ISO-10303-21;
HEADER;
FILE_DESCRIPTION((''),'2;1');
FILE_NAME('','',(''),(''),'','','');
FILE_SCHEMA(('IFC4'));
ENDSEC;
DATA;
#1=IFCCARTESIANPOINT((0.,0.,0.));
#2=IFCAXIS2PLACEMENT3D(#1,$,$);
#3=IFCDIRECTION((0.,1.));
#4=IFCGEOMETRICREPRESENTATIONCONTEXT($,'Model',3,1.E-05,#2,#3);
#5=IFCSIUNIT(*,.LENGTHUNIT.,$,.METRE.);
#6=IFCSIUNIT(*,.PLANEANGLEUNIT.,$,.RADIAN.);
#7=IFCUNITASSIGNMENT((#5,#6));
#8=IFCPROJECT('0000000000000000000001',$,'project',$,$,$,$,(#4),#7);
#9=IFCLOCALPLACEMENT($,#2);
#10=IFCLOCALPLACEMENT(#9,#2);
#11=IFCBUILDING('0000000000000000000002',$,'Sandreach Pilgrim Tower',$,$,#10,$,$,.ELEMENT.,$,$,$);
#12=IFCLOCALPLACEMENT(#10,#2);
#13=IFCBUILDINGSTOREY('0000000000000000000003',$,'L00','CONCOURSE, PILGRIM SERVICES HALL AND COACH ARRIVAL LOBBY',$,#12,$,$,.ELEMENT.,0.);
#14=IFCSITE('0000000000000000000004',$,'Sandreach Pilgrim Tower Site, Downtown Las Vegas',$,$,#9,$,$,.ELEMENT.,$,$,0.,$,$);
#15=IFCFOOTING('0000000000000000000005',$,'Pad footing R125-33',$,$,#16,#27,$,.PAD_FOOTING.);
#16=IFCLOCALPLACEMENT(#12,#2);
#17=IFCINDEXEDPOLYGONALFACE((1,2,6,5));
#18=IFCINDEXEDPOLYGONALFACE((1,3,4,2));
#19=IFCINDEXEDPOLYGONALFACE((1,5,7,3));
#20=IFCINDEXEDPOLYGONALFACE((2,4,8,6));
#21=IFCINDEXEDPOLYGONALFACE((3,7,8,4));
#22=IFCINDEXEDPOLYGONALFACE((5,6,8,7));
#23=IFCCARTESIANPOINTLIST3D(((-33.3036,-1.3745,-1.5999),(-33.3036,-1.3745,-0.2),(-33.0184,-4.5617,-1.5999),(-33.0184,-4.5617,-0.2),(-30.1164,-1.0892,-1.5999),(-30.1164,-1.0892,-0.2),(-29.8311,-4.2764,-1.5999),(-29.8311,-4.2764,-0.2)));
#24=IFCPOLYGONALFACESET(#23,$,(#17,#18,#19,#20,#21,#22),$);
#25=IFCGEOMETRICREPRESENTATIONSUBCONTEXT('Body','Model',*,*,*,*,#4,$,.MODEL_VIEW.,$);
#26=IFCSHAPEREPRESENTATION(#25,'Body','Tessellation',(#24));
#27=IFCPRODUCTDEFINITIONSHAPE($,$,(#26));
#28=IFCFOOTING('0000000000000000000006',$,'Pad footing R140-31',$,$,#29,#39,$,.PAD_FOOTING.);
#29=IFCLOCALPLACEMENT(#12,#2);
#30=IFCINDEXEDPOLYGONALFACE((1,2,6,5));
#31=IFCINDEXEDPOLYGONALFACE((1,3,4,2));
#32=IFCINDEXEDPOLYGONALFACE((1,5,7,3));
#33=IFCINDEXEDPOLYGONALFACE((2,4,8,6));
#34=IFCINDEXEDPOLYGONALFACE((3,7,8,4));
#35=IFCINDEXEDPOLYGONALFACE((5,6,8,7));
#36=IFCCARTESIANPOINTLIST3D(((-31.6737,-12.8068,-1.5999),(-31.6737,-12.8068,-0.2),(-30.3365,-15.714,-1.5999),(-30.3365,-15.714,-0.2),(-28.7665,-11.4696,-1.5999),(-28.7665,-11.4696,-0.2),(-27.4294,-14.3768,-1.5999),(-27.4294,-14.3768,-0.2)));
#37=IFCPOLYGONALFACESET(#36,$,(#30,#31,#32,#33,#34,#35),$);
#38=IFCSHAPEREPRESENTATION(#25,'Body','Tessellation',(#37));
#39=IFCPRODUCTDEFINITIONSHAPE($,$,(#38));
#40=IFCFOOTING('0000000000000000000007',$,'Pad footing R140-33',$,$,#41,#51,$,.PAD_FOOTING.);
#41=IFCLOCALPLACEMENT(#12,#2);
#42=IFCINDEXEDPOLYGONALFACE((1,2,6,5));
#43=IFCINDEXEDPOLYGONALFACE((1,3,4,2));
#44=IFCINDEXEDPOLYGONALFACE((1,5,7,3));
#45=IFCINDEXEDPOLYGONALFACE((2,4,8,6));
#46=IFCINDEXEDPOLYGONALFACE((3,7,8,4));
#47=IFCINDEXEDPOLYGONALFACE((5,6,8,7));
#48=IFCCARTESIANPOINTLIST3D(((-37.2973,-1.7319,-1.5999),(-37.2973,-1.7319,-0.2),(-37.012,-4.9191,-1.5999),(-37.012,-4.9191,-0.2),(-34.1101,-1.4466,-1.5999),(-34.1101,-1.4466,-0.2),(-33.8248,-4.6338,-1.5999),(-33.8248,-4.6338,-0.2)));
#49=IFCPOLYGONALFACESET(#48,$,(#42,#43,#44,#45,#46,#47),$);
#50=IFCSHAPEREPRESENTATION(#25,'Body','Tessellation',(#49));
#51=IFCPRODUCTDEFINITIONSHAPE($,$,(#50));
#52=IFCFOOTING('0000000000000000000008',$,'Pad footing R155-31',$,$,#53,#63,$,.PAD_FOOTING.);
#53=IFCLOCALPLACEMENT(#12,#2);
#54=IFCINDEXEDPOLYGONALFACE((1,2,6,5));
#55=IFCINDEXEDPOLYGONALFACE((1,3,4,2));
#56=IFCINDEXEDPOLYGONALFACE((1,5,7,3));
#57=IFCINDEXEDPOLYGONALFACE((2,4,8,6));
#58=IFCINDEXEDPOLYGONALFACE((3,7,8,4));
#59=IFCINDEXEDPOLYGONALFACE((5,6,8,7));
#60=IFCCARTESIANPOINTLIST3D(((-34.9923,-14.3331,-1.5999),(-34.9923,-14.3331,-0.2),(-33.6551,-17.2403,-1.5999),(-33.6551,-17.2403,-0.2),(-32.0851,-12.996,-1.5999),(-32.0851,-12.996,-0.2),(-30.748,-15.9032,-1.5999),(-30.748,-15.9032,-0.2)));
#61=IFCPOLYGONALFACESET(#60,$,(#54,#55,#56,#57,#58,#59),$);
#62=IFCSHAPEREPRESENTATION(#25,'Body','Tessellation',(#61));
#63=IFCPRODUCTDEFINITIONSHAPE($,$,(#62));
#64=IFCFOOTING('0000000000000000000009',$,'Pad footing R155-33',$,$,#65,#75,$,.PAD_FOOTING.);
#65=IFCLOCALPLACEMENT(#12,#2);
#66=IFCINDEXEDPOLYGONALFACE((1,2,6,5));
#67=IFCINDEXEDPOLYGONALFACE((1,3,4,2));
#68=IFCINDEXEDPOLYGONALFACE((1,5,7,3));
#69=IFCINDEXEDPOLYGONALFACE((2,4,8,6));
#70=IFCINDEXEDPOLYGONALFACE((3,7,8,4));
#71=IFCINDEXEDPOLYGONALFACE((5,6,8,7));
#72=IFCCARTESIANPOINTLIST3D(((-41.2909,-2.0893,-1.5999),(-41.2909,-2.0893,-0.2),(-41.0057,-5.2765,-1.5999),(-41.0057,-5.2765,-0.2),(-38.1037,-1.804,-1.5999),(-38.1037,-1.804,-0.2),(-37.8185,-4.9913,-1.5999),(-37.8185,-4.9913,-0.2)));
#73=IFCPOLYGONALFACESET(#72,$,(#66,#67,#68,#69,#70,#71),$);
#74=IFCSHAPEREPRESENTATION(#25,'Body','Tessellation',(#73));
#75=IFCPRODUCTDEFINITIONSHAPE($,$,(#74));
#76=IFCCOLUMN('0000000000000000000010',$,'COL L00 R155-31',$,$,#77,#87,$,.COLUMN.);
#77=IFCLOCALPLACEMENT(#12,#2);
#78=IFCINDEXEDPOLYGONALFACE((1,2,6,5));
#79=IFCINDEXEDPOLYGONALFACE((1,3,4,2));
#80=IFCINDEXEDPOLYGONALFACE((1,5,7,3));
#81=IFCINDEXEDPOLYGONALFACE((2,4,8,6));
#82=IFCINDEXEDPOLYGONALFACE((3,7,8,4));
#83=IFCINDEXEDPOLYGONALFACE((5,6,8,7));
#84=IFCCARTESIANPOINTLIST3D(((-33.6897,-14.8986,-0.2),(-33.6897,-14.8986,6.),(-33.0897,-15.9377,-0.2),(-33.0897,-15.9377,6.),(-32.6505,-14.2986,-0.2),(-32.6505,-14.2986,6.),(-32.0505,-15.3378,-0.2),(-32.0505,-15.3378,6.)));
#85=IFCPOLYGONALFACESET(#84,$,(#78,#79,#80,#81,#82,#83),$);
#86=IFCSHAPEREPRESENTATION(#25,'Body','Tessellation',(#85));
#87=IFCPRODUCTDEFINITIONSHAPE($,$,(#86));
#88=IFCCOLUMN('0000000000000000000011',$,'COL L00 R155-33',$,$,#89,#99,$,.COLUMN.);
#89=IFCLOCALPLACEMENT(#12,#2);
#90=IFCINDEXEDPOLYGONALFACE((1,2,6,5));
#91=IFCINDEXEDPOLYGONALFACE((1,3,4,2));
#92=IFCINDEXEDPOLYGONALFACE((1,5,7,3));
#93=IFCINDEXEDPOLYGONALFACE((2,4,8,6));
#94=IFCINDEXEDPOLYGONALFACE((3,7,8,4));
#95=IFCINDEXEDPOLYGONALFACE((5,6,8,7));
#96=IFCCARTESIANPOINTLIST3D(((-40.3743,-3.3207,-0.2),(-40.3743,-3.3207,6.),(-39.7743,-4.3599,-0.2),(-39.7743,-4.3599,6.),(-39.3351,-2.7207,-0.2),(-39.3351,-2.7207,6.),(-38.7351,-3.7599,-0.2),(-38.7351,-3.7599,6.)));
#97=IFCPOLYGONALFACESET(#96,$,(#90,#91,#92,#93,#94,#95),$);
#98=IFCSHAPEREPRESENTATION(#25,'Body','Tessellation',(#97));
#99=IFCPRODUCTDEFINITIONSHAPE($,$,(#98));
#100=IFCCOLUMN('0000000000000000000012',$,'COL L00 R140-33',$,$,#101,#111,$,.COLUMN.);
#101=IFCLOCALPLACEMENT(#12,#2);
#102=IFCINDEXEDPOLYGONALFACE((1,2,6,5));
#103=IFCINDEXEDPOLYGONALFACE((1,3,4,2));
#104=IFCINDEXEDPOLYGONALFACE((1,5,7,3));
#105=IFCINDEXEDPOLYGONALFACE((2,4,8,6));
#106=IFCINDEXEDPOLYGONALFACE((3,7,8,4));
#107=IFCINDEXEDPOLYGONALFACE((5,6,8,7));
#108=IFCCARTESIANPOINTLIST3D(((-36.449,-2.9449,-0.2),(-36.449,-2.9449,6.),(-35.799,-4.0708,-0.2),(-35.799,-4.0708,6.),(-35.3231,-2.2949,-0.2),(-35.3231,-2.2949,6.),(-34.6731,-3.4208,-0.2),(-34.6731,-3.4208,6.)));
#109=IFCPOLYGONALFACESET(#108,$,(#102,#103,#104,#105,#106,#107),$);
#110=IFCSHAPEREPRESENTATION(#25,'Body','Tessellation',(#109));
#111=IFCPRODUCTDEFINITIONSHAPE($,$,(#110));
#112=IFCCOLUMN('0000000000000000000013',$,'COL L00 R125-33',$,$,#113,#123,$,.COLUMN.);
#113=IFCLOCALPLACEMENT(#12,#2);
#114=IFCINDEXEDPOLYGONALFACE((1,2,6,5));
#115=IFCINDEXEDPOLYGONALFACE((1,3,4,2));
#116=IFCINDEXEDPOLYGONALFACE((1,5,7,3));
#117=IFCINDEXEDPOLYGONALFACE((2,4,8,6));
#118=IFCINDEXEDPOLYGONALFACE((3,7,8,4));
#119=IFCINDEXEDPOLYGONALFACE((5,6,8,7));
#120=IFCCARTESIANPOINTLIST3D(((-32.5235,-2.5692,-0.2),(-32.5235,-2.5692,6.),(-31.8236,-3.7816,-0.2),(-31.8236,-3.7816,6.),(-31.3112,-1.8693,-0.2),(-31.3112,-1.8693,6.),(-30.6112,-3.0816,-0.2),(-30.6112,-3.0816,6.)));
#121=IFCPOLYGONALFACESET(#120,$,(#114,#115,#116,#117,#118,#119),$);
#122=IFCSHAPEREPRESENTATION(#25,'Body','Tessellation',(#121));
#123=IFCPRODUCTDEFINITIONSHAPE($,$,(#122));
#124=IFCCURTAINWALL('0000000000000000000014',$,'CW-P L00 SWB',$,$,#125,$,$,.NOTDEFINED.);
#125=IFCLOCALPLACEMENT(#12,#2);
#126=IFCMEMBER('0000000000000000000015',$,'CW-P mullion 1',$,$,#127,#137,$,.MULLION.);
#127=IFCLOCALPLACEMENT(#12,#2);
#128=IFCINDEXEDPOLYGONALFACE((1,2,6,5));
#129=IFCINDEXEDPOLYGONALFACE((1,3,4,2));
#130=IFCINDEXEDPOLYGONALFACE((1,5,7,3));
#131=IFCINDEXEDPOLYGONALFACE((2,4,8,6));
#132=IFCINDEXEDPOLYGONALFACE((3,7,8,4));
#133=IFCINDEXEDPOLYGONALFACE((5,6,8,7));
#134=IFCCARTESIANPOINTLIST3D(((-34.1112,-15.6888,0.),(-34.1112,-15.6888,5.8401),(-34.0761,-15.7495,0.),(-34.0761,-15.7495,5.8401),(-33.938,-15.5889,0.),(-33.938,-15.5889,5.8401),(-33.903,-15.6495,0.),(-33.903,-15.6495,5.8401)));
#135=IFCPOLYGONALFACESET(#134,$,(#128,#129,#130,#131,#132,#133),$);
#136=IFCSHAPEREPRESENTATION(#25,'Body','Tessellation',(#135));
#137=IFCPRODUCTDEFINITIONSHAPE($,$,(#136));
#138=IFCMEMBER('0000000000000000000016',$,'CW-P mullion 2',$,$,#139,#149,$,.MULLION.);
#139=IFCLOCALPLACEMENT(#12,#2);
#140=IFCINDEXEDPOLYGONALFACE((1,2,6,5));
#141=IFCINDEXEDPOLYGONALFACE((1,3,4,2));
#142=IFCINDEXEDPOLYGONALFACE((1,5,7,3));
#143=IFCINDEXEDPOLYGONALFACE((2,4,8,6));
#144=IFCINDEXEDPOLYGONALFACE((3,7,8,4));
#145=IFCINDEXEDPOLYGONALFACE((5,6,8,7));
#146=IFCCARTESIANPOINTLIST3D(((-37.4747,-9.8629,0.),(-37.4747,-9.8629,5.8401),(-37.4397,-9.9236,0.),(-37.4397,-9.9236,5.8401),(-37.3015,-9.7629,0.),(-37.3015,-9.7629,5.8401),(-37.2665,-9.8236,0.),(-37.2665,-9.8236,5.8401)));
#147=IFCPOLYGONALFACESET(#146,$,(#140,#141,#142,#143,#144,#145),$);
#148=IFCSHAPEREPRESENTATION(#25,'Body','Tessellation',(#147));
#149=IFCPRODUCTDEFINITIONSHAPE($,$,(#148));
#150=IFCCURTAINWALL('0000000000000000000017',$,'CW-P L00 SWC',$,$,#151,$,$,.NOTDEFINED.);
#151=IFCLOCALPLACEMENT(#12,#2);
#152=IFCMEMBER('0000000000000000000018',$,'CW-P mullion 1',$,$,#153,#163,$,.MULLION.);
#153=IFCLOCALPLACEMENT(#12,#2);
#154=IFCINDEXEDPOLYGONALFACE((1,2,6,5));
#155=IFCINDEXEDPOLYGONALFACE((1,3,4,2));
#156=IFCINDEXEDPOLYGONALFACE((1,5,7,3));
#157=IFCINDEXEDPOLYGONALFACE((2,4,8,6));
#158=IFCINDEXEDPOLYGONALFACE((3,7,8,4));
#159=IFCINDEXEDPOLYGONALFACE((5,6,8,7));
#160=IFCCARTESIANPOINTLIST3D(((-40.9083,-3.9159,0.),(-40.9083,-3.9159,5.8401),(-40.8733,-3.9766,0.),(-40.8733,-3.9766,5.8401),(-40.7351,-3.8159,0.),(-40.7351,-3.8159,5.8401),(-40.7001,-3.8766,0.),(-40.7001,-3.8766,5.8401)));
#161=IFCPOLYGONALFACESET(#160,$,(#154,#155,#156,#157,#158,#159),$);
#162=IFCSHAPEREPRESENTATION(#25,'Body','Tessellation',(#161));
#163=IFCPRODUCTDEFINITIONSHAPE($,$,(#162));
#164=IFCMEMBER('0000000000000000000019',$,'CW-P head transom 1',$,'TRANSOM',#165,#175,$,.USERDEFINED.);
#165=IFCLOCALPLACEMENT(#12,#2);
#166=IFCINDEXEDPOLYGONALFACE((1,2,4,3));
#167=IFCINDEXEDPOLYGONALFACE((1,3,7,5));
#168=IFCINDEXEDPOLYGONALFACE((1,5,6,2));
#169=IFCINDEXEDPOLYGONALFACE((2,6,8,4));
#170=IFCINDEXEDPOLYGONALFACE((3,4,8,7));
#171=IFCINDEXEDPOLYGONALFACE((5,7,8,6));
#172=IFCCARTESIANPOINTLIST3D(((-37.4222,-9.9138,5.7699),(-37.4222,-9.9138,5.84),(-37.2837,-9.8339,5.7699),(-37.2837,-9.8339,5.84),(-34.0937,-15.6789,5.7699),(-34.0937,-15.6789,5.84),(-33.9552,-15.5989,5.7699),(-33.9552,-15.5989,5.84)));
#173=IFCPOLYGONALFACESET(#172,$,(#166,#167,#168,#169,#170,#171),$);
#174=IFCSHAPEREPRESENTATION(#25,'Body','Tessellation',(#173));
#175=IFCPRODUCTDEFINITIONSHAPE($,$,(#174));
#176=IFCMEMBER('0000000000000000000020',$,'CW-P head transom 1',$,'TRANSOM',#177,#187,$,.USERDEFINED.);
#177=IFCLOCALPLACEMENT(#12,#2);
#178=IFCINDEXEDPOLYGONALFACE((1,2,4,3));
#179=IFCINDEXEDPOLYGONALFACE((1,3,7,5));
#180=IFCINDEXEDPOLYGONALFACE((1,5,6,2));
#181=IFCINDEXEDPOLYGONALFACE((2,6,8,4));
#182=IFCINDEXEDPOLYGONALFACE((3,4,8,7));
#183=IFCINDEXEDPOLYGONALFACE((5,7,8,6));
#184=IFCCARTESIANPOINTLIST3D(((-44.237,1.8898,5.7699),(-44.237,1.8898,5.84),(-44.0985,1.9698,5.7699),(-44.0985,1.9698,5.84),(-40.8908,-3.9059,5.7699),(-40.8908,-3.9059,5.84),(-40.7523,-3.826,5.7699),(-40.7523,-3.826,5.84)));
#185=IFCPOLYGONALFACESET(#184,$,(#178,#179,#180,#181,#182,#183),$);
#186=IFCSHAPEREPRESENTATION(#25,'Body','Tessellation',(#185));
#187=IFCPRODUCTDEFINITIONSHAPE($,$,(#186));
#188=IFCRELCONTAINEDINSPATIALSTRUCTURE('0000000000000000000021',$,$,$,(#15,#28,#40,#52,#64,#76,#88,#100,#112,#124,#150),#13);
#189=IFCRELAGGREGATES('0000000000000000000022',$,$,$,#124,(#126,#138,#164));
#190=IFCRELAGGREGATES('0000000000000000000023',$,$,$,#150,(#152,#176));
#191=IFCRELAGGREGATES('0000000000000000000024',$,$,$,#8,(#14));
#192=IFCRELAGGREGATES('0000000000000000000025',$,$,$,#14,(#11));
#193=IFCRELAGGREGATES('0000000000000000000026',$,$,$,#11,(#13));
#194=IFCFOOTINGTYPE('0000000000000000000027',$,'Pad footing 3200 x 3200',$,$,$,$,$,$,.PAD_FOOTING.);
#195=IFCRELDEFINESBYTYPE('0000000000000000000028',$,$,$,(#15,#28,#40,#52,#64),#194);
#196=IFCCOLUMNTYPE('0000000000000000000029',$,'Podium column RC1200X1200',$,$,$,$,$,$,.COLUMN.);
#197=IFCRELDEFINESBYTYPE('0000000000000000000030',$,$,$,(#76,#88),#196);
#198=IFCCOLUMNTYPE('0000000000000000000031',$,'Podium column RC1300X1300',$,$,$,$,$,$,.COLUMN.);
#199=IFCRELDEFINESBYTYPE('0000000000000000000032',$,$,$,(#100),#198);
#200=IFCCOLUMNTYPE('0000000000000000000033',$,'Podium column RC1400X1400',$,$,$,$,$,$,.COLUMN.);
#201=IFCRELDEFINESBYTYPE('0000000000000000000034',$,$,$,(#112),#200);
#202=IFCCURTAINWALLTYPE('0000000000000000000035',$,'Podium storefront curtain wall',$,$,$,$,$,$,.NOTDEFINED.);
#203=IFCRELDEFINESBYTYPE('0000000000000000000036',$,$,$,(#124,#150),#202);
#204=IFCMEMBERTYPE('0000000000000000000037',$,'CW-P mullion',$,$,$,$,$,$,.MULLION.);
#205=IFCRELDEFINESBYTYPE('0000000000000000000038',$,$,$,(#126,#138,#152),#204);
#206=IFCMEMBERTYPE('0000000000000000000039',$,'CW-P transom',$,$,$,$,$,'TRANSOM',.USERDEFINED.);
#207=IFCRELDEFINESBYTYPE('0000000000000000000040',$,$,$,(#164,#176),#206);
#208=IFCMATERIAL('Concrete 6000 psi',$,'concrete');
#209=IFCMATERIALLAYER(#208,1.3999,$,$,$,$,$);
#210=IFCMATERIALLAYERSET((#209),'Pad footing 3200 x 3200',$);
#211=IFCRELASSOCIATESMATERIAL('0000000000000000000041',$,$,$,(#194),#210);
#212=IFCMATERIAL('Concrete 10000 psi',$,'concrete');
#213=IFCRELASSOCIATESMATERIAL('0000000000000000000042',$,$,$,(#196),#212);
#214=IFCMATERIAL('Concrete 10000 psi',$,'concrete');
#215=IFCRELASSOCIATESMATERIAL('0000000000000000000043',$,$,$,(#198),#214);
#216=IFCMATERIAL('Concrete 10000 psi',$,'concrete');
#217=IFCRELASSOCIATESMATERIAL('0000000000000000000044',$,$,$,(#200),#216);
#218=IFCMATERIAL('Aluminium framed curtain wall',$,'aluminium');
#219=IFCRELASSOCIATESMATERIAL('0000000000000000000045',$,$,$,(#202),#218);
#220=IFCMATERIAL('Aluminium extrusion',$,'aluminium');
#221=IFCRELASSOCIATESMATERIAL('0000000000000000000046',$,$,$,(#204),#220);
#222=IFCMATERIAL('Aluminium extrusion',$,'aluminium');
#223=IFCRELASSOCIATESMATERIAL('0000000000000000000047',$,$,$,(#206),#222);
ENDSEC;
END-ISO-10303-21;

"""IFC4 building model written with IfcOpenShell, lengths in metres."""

from ifc_helpers import new_model, si_unit, direction, frame, origin, origin_2d, place, context, subcontext, project, spatial, rectangle, extrude, material, layer, layer_set, material_profile, profile_set, type_object, element, aggregate, save


model = new_model("IFC4")

# Units and contexts
model_context = context("Model", 3, precision=1e-05, world=origin(), true_north=direction((0.0, 1.0)))
body_context = subcontext(model_context, "Body", "Model", "MODEL_VIEW")
ifc_project = project(units=[si_unit("LENGTHUNIT", "METRE"), si_unit("PLANEANGLEUNIT", "RADIAN")], contexts=[model_context])

# Site, building, storey
site_placement = place(None, origin())
site = spatial("IfcSite", under=ifc_project, at=site_placement, Name="Sandreach Pilgrim Tower Site, Downtown Las Vegas", CompositionType="ELEMENT", RefElevation=0.0)
building_placement = place(site_placement, origin())
building = spatial("IfcBuilding", under=site, at=building_placement, Name="Sandreach Pilgrim Tower", CompositionType="ELEMENT")
storey_placement = place(building_placement, origin())
storey = spatial("IfcBuildingStorey", under=building, at=storey_placement, Name="L00", Description="CONCOURSE, PILGRIM SERVICES HALL AND COACH ARRIVAL LOBBY", CompositionType="ELEMENT", Elevation=0.0)

# Footings
ifc_material_1 = material(Name="Concrete 6000 psi", Category="concrete")
ifc_layer_1 = layer(ifc_material_1, 1.3999)
ifc_layer_set_1 = layer_set([ifc_layer_1], Name="Pad footing 3200 x 3200")
footing_type = type_object("IfcFootingType", Name="Pad footing 3200 x 3200", PredefinedType="PAD_FOOTING", material=ifc_layer_set_1)
for number, where, z_axis, x_axis, name in (
    (1, (-31.5674, -2.8254, -1.5999), (0.0, 0.0, 1.0), (-0.996019, -0.089145, 0.0), "Pad footing R125-33"),
    (2, (-29.5515, -13.5918, -1.5999), (0.0, 0.0, 1.0), (-0.908512, -0.417859, 0.0), "Pad footing R140-31"),
    (3, (-35.561, -3.1829, -1.5999), (0.0, 0.0, 1.0), (-0.996019, -0.089145, 0.0), "Pad footing R140-33"),
    (4, (-32.8701, -15.1182, -1.5999), (0.0, 0.0, 1.0), (-0.908512, -0.417859, 0.0), "Pad footing R155-31"),
    (5, (-39.5547, -3.5403, -1.5999), (0.0, 0.0, 1.0), (-0.996019, -0.089145, 0.0), "Pad footing R155-33"),
):
    element("IfcFooting", number, at=place(storey_placement, frame(where, z_axis=z_axis, x_axis=x_axis)), inside=storey, type_object=footing_type, Name=name, PredefinedType="PAD_FOOTING", context=body_context, shape_type="SweptSolid", body=[
        extrude(rectangle(XDim=3.2, YDim=3.2, at=origin_2d()), origin(), (0.0, 0.0, 1.0), 1.3999),
    ])

# Columns
ifc_material_2 = material(Name="Concrete 10000 psi", Category="concrete")
ifc_material_profile_1 = material_profile(ifc_material_2, rectangle(XDim=1.2, YDim=1.2, at=origin_2d()), Name="RC1200X1200")
ifc_profile_set_1 = profile_set([ifc_material_profile_1], Name="Concrete 10000 psi")
column_type_1 = type_object("IfcColumnType", Name="Podium column RC1200X1200", PredefinedType="COLUMN", material=ifc_profile_set_1)
for number, where, z_axis, x_axis, name in (
    (6, (-32.8701, -15.1182, -0.2), (0.0, 0.0, 1.0), (-0.866025, -0.5, 0.0), "COL L00 R155-31"),
    (7, (-39.5547, -3.5403, -0.2), (0.0, 0.0, 1.0), (-0.866025, -0.5, 0.0), "COL L00 R155-33"),
):
    element("IfcColumn", number, at=place(storey_placement, frame(where, z_axis=z_axis, x_axis=x_axis)), inside=storey, type_object=column_type_1, Name=name, PredefinedType="COLUMN", context=body_context, shape_type="SweptSolid", body=[
        extrude(rectangle(XDim=1.2, YDim=1.2, at=origin_2d()), origin(), (0.0, 0.0, 1.0), 6.2),
    ])
ifc_material_3 = material(Name="Concrete 10000 psi", Category="concrete")
ifc_material_profile_2 = material_profile(ifc_material_3, rectangle(XDim=1.3, YDim=1.3, at=origin_2d()), Name="RC1300X1300")
ifc_profile_set_2 = profile_set([ifc_material_profile_2], Name="Concrete 10000 psi")
column_type_2 = type_object("IfcColumnType", Name="Podium column RC1300X1300", PredefinedType="COLUMN", material=ifc_profile_set_2)
column_1_placement = place(storey_placement, frame((-35.561, -3.1829, -0.2), z_axis=(0.0, 0.0, 1.0), x_axis=(-0.866025, -0.5, 0.0)))
element("IfcColumn", 8, at=column_1_placement, inside=storey, type_object=column_type_2, Name="COL L00 R140-33", PredefinedType="COLUMN", context=body_context, shape_type="SweptSolid", body=[
    extrude(rectangle(XDim=1.3, YDim=1.3, at=origin_2d()), origin(), (0.0, 0.0, 1.0), 6.2),
])
ifc_material_4 = material(Name="Concrete 10000 psi", Category="concrete")
ifc_material_profile_3 = material_profile(ifc_material_4, rectangle(XDim=1.3999, YDim=1.3999, at=origin_2d()), Name="RC1400X1400")
ifc_profile_set_3 = profile_set([ifc_material_profile_3], Name="Concrete 10000 psi")
column_type_3 = type_object("IfcColumnType", Name="Podium column RC1400X1400", PredefinedType="COLUMN", material=ifc_profile_set_3)
column_2_placement = place(storey_placement, frame((-31.5674, -2.8254, -0.2), z_axis=(0.0, 0.0, 1.0), x_axis=(-0.866025, -0.5, 0.0)))
element("IfcColumn", 9, at=column_2_placement, inside=storey, type_object=column_type_3, Name="COL L00 R125-33", PredefinedType="COLUMN", context=body_context, shape_type="SweptSolid", body=[
    extrude(rectangle(XDim=1.3999, YDim=1.3999, at=origin_2d()), origin(), (0.0, 0.0, 1.0), 6.2),
])

# Curtain wall, members
ifc_material_5 = material(Name="Aluminium framed curtain wall", Category="aluminium")
curtain_wall_type = type_object("IfcCurtainWallType", Name="Podium storefront curtain wall", PredefinedType="NOTDEFINED", material=ifc_material_5)
curtain_wall_1_placement = place(storey_placement, origin())
curtain_wall_1 = element("IfcCurtainWall", 10, at=curtain_wall_1_placement, inside=storey, type_object=curtain_wall_type, Name="CW-P L00 SWB", PredefinedType="NOTDEFINED")
ifc_material_6 = material(Name="Aluminium extrusion", Category="aluminium")
ifc_material_profile_4 = material_profile(ifc_material_6, rectangle(XDim=0.0701, YDim=0.2, at=origin_2d()), Name="CW-PM 70X200")
ifc_profile_set_4 = profile_set([ifc_material_profile_4], Name="Aluminium extrusion")
member_type_1 = type_object("IfcMemberType", Name="CW-P mullion", PredefinedType="MULLION", material=ifc_profile_set_4)
member_1_placement = place(storey_placement, frame((-34.0071, -15.6692, 0.0), z_axis=(0.0, 0.0, 1.0), x_axis=(-0.5, 0.866025, 0.0)))
member_1 = element("IfcMember", 11, at=member_1_placement, type_object=member_type_1, Name="CW-P mullion 1", PredefinedType="MULLION", context=body_context, shape_type="SweptSolid", body=[
    extrude(rectangle(XDim=0.0701, YDim=0.2, at=origin_2d()), origin(), (0.0, 0.0, 1.0), 5.8401),
])
member_2_placement = place(storey_placement, frame((-37.3706, -9.8433, 0.0), z_axis=(0.0, 0.0, 1.0), x_axis=(-0.5, 0.866025, 0.0)))
member_2 = element("IfcMember", 12, at=member_2_placement, type_object=member_type_1, Name="CW-P mullion 2", PredefinedType="MULLION", context=body_context, shape_type="SweptSolid", body=[
    extrude(rectangle(XDim=0.0701, YDim=0.2, at=origin_2d()), origin(), (0.0, 0.0, 1.0), 5.8401),
])

# Curtain wall, member
curtain_wall_2_placement = place(storey_placement, origin())
curtain_wall_2 = element("IfcCurtainWall", 13, at=curtain_wall_2_placement, inside=storey, type_object=curtain_wall_type, Name="CW-P L00 SWC", PredefinedType="NOTDEFINED")
member_3_placement = place(storey_placement, frame((-40.8042, -3.8962, 0.0), z_axis=(0.0, 0.0, 1.0), x_axis=(-0.5, 0.866025, 0.0)))
member_3 = element("IfcMember", 14, at=member_3_placement, type_object=member_type_1, Name="CW-P mullion 1", PredefinedType="MULLION", context=body_context, shape_type="SweptSolid", body=[
    extrude(rectangle(XDim=0.0701, YDim=0.2, at=origin_2d()), origin(), (0.0, 0.0, 1.0), 5.8401),
])

# Members
ifc_material_7 = material(Name="Aluminium extrusion", Category="aluminium")
ifc_material_profile_5 = material_profile(ifc_material_7, rectangle(XDim=0.1599, YDim=0.0701, at=origin_2d()), Name="CW-PT 160X70")
ifc_profile_set_5 = profile_set([ifc_material_profile_5], Name="Aluminium extrusion")
member_type_2 = type_object("IfcMemberType", Name="CW-P transom", ElementType="TRANSOM", PredefinedType="USERDEFINED", material=ifc_profile_set_5)
member_4_placement = place(storey_placement, frame((-34.0244, -15.6389, 5.8049), z_axis=(-0.500012, 0.866018, 0.0), x_axis=(-0.866018, -0.500012, 0.0)))
member_4 = element("IfcMember", 15, at=member_4_placement, type_object=member_type_2, Name="CW-P head transom 1", ObjectType="TRANSOM", PredefinedType="USERDEFINED", context=body_context, shape_type="SweptSolid", body=[
    extrude(rectangle(XDim=0.1599, YDim=0.0701, at=origin_2d()), origin(), (0.0, 0.0, 1.0), 6.657),
])
member_5_placement = place(storey_placement, frame((-40.8215, -3.866, 5.8049), z_axis=(-0.500008, 0.866021, 0.0), x_axis=(-0.866021, -0.500008, 0.0)))
member_5 = element("IfcMember", 16, at=member_5_placement, type_object=member_type_2, Name="CW-P head transom 1", ObjectType="TRANSOM", PredefinedType="USERDEFINED", context=body_context, shape_type="SweptSolid", body=[
    extrude(rectangle(XDim=0.1599, YDim=0.0701, at=origin_2d()), origin(), (0.0, 0.0, 1.0), 6.6924),
])

aggregate(curtain_wall_1, [member_1, member_2, member_4])
aggregate(curtain_wall_2, [member_3, member_5])

save(model, "model.ifc")
